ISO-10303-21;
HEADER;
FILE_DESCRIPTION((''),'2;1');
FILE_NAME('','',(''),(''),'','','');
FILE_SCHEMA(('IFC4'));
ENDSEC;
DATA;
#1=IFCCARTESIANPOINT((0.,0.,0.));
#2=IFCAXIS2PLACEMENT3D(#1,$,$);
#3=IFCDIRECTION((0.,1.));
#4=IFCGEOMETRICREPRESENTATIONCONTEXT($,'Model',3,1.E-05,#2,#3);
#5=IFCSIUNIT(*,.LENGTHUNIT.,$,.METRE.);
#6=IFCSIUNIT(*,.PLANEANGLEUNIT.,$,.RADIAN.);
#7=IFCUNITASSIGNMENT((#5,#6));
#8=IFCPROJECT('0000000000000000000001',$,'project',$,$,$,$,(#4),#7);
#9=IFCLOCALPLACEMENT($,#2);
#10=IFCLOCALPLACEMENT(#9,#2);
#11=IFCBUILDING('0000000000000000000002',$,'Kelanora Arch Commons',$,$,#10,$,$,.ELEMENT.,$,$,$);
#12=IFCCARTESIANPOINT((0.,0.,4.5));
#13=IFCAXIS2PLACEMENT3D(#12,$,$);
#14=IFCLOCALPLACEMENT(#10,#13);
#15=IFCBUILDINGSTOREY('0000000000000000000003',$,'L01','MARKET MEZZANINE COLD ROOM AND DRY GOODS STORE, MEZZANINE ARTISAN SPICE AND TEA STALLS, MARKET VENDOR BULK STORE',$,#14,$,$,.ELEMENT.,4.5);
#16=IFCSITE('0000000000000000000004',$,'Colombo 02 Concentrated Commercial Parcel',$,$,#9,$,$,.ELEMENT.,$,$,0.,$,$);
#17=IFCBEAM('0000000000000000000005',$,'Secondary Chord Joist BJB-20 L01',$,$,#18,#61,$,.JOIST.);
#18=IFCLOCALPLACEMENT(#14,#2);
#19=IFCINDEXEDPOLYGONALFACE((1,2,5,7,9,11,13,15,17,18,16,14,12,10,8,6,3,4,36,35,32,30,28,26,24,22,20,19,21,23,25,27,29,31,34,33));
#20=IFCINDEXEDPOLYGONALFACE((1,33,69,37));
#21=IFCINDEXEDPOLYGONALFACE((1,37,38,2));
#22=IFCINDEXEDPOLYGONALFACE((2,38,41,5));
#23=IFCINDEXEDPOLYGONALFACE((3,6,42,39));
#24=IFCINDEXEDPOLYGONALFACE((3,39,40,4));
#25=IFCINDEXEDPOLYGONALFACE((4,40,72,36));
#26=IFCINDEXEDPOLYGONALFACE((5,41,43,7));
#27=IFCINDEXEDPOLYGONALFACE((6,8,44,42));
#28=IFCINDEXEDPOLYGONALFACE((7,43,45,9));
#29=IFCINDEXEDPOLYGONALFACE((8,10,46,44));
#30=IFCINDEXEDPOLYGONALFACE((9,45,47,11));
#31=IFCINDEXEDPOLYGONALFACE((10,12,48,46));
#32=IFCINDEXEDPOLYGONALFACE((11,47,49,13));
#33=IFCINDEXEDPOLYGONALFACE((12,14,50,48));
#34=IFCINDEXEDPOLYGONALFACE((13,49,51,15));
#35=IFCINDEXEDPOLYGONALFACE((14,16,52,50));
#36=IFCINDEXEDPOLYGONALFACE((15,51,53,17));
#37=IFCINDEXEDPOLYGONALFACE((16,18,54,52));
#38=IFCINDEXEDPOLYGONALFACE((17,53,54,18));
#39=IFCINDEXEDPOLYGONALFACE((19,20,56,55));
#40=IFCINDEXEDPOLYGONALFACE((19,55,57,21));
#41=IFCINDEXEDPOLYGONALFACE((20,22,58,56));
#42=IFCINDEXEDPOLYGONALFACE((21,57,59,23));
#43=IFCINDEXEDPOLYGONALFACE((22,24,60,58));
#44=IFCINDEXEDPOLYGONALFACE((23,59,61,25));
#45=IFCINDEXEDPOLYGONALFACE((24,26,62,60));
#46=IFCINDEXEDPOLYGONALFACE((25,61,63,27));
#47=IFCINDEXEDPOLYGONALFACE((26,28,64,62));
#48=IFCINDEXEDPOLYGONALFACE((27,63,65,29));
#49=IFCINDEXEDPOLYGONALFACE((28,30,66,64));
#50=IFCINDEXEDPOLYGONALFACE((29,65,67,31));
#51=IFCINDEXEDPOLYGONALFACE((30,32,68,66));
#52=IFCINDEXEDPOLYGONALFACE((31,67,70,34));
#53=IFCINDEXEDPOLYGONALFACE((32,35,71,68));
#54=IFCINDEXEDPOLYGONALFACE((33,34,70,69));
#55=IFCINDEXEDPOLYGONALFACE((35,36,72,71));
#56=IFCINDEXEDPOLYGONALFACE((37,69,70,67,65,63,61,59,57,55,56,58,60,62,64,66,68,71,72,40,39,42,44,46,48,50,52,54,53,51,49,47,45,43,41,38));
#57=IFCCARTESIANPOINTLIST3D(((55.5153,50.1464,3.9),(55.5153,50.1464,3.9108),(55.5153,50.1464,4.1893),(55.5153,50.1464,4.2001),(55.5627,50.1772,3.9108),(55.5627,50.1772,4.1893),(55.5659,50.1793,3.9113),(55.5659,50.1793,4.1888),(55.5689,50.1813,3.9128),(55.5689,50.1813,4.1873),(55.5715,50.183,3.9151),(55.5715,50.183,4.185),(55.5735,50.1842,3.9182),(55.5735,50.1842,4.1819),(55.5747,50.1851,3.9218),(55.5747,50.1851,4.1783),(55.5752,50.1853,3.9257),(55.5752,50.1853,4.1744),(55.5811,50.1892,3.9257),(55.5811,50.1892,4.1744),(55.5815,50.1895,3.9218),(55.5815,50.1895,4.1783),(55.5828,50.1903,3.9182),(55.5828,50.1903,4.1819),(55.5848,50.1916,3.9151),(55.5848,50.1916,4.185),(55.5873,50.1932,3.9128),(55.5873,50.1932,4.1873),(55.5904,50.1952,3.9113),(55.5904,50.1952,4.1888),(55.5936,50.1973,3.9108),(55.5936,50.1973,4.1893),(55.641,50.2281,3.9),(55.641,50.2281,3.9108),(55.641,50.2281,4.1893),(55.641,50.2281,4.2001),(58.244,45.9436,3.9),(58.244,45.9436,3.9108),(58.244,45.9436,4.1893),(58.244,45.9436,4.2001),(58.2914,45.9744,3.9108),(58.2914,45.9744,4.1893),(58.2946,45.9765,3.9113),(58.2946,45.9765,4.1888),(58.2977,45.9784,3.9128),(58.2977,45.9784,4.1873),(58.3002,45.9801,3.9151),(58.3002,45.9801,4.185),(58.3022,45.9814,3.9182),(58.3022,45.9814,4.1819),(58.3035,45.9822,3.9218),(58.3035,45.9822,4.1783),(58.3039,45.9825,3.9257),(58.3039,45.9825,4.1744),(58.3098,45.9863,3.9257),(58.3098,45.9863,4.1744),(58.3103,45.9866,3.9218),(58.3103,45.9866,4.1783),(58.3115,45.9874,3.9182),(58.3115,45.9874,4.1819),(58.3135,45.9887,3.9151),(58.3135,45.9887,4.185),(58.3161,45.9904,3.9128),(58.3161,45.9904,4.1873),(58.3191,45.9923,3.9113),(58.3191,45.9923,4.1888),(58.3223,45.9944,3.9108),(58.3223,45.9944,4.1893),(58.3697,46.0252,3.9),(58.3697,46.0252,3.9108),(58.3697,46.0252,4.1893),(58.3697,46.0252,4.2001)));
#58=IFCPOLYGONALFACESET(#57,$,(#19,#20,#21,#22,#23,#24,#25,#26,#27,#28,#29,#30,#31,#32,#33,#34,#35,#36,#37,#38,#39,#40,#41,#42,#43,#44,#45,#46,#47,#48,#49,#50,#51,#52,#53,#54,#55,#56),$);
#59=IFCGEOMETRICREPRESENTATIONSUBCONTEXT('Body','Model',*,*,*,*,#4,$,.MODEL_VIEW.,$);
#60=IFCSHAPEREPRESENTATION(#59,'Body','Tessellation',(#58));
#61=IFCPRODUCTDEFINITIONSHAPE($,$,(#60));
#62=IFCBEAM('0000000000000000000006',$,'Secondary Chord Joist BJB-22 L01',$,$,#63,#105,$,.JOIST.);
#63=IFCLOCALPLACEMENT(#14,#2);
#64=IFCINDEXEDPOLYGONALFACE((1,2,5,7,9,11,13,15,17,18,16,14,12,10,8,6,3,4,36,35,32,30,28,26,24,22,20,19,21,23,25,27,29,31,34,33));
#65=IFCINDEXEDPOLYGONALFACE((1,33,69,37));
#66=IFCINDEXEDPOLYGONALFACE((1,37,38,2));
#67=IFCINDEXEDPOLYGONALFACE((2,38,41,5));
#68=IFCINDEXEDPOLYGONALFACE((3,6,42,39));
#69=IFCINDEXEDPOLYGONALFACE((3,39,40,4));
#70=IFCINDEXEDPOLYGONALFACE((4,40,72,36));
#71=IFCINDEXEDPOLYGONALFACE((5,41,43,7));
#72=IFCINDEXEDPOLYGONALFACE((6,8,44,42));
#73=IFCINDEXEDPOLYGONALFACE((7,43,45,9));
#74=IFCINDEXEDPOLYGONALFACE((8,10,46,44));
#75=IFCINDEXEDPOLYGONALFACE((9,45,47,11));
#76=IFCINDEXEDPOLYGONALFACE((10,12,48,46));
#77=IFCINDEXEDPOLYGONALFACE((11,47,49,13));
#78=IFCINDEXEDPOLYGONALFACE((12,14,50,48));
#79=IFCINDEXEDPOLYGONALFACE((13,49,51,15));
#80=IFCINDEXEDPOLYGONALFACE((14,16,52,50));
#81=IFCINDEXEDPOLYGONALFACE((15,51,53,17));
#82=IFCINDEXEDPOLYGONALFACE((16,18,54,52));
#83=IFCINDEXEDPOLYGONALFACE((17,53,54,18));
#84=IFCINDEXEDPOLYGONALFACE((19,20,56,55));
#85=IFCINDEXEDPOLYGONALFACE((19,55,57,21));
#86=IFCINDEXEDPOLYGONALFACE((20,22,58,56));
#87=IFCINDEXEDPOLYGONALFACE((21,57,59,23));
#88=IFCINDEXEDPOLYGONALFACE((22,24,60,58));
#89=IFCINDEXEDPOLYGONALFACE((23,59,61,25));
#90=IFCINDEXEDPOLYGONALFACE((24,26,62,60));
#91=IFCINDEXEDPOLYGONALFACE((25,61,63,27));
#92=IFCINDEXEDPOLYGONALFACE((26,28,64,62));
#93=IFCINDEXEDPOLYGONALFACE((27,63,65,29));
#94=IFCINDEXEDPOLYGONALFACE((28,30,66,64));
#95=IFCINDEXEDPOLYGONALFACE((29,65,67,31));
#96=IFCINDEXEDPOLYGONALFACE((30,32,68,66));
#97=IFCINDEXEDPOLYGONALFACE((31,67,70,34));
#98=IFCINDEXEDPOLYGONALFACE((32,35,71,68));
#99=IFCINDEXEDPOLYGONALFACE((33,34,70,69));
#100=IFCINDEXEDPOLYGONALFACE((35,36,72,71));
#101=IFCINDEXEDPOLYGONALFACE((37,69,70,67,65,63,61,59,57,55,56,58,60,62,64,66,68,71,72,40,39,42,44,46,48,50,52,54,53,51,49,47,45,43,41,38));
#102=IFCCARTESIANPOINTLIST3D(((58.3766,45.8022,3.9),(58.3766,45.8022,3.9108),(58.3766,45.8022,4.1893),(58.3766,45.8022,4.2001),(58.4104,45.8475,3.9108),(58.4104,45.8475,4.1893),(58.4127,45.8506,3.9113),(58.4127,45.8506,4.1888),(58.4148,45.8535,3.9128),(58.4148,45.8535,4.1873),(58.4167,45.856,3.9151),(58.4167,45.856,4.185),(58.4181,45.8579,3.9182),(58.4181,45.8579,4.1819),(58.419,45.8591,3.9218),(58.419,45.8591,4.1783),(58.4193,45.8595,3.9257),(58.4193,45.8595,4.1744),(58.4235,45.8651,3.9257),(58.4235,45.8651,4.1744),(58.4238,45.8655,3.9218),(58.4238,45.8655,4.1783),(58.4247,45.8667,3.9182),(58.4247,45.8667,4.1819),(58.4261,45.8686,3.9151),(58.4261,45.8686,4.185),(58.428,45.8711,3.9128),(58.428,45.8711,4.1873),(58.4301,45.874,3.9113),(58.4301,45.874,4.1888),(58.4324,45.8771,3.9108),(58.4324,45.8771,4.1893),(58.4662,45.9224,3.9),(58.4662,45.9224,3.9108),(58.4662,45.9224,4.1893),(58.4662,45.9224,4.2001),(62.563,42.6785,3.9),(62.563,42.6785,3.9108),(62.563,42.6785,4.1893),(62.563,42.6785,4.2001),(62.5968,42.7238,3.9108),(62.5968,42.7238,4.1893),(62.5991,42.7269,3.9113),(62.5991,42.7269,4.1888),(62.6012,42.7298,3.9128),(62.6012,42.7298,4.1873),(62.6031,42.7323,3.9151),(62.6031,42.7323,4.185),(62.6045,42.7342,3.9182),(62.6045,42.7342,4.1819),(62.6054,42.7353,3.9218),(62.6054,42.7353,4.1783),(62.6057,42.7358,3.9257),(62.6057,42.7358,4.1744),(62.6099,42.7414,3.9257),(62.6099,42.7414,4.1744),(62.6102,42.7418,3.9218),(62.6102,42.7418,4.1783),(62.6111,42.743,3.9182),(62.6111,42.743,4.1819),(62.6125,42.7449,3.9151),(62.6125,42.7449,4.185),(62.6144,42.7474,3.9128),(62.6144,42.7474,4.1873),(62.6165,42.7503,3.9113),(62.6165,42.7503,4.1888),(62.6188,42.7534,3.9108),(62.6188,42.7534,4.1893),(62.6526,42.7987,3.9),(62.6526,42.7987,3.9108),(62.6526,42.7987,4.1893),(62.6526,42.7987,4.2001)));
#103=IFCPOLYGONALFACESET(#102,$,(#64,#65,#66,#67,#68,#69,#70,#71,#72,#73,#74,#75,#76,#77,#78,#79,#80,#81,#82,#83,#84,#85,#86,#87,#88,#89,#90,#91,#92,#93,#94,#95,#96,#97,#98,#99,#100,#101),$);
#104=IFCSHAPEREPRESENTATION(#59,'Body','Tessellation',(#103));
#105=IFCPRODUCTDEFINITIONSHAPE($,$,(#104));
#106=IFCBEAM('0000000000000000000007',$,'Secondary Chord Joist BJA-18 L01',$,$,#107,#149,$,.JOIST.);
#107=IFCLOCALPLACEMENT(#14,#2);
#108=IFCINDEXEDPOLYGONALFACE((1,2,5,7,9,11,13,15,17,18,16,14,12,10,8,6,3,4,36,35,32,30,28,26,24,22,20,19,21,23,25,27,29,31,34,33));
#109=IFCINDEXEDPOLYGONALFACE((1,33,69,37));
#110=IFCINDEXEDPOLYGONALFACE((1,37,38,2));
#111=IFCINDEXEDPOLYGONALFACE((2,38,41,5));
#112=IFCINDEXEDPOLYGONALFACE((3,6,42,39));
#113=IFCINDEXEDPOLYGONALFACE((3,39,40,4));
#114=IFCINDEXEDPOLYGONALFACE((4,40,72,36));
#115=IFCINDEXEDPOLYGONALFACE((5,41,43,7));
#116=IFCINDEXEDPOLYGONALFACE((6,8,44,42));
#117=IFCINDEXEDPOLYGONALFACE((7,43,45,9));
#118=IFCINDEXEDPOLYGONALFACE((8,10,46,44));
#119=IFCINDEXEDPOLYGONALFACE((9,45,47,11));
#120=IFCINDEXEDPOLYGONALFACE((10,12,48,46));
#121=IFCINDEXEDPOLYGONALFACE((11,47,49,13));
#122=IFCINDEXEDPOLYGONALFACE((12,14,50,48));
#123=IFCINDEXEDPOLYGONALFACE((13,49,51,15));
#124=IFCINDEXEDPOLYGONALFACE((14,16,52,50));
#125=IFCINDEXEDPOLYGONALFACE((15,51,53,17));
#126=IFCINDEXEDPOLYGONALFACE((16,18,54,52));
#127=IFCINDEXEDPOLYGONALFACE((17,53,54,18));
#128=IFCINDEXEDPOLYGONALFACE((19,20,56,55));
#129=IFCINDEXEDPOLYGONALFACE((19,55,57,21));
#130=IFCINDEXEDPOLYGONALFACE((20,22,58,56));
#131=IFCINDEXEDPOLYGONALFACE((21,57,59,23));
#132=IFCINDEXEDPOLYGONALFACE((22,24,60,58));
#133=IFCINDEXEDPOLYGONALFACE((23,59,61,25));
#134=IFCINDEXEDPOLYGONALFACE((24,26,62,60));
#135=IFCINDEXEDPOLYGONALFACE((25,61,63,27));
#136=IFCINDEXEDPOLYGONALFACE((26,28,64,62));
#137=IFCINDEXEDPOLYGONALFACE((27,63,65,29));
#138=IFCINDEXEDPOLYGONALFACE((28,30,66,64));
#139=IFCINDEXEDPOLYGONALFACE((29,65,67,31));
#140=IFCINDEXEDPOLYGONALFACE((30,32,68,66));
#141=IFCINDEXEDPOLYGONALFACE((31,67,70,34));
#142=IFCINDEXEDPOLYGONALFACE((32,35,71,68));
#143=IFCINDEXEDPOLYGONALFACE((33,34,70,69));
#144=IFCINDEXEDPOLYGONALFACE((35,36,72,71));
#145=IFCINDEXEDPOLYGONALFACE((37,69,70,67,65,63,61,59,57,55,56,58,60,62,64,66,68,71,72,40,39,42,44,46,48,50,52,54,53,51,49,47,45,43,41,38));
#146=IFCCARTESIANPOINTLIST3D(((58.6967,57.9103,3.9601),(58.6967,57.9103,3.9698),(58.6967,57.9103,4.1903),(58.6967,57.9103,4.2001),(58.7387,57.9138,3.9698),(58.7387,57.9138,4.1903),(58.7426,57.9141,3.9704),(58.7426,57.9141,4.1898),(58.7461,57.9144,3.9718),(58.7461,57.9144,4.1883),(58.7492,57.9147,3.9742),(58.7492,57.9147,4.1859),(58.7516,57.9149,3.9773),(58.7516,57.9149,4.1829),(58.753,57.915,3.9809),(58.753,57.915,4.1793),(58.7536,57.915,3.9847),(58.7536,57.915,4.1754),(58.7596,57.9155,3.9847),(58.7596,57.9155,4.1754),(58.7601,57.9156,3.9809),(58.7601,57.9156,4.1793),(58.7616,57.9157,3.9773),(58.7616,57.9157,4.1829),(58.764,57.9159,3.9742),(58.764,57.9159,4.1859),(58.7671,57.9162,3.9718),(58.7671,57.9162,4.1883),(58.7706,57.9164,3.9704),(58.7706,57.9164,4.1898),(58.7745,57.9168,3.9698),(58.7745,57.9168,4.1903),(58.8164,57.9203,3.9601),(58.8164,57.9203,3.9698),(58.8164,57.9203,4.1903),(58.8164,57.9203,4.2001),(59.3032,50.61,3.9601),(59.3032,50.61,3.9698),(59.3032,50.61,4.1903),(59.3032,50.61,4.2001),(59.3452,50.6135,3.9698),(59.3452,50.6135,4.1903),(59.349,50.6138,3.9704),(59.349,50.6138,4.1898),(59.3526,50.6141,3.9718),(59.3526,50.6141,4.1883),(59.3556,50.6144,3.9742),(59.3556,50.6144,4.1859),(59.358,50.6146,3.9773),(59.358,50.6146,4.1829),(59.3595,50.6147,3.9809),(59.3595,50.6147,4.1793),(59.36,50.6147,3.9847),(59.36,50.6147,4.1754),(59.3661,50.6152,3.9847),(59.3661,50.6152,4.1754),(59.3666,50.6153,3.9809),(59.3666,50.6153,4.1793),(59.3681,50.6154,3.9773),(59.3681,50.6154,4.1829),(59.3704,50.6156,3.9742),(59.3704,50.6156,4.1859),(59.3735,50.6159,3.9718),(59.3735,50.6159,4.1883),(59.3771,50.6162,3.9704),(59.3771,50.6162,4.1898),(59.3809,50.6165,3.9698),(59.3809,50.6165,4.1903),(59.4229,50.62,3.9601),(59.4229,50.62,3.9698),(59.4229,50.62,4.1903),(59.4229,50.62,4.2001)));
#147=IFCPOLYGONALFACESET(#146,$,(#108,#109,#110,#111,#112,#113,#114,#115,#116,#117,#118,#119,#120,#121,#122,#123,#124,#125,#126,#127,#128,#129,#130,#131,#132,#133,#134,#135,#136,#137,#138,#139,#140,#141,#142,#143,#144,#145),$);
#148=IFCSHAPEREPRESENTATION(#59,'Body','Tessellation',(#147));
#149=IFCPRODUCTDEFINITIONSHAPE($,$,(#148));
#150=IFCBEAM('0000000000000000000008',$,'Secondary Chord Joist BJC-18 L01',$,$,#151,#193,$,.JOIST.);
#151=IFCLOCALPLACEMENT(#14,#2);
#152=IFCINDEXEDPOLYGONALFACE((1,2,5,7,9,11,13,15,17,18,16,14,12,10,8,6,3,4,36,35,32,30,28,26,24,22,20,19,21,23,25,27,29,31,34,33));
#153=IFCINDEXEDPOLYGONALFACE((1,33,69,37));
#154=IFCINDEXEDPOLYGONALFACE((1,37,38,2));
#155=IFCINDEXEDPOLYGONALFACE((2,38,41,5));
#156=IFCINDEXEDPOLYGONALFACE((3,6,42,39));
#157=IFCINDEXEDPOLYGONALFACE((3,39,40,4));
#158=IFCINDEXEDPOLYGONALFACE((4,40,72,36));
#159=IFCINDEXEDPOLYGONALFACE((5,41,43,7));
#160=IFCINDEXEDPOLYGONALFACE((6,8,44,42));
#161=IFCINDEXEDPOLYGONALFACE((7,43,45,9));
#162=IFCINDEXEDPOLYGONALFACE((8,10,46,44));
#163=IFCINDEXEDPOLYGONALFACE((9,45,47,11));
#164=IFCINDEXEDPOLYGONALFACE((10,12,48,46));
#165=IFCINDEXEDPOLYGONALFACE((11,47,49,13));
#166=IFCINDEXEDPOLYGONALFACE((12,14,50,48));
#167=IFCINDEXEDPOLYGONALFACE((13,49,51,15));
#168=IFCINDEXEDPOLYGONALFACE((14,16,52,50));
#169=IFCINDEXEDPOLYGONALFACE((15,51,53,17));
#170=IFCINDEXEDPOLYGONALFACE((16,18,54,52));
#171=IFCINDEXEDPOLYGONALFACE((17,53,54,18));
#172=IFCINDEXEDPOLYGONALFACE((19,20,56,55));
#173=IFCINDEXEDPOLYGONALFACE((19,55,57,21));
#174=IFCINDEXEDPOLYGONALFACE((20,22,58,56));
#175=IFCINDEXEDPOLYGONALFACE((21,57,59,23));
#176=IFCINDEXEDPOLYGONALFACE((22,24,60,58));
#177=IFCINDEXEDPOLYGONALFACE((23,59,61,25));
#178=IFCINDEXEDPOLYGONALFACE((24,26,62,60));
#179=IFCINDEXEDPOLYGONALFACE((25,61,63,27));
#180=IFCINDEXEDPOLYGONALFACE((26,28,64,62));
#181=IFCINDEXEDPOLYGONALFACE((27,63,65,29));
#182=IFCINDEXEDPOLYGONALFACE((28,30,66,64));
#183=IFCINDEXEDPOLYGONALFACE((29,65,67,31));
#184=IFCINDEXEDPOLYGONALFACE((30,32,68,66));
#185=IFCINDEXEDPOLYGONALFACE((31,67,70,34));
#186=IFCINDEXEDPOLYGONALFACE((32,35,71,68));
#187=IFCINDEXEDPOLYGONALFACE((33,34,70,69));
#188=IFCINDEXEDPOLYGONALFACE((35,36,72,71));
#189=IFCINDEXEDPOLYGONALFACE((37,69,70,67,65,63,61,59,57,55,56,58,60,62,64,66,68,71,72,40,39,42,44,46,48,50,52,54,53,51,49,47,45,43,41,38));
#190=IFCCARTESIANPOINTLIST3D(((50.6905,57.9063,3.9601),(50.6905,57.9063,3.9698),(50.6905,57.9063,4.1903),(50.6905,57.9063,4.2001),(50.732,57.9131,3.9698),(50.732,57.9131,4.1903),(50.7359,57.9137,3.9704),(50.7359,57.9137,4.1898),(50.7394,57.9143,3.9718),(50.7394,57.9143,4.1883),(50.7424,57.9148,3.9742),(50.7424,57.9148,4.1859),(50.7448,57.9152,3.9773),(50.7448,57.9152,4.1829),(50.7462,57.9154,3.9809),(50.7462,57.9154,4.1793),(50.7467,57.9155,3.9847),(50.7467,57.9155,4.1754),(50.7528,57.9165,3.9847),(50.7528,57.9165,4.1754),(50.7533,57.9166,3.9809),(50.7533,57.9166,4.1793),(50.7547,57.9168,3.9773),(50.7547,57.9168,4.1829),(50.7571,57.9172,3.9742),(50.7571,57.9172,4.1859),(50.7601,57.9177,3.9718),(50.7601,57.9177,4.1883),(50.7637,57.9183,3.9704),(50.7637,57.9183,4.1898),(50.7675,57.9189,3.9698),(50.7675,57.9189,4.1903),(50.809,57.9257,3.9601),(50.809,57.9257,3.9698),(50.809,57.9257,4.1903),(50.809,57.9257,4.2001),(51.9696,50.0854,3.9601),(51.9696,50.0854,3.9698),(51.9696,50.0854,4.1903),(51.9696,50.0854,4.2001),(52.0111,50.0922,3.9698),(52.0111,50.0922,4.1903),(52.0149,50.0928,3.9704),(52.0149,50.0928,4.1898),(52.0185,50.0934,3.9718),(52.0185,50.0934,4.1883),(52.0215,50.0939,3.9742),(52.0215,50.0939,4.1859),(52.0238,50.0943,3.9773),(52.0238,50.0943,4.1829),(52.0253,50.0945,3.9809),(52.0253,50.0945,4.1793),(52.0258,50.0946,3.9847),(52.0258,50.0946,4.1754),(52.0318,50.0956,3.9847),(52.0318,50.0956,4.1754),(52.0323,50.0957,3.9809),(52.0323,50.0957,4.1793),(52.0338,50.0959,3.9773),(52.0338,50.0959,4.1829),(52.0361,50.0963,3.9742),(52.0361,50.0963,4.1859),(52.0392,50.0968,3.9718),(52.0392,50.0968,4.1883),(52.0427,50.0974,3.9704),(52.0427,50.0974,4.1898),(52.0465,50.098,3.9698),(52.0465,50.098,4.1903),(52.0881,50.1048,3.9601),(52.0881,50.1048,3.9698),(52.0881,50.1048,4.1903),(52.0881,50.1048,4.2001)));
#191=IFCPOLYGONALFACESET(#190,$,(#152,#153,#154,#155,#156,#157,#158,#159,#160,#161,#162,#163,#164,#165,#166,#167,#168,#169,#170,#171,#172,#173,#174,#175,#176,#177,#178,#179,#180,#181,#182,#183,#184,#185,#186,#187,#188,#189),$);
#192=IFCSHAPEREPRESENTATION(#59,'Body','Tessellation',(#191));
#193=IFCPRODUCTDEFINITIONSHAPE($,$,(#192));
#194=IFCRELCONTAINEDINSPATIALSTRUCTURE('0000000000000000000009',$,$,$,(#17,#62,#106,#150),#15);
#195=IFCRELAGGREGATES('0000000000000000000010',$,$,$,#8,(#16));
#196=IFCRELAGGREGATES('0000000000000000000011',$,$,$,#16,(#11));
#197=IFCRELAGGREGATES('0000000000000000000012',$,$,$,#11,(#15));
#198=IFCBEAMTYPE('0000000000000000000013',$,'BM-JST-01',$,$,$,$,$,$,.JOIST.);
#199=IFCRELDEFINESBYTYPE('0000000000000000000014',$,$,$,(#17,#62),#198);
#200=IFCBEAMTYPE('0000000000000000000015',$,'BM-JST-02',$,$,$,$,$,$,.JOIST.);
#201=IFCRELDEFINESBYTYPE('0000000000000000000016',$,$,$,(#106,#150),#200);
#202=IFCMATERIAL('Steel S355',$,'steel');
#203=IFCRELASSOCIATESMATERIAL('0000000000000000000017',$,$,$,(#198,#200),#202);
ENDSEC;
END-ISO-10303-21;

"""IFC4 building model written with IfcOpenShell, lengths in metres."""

from ifc_helpers import new_model, si_unit, direction, frame, origin, origin_2d, place, context, subcontext, project, spatial, i_section, extrude, material, material_profile, profile_set, type_object, element, save


model = new_model("IFC4")

# Units and contexts
model_context = context("Model", 3, precision=1e-05, world=origin(), true_north=direction((0.0, 1.0)))
body_context = subcontext(model_context, "Body", "Model", "MODEL_VIEW")
ifc_project = project(units=[si_unit("LENGTHUNIT", "METRE"), si_unit("PLANEANGLEUNIT", "RADIAN")], contexts=[model_context])

# Site, building, storey
site_placement = place(None, origin())
site = spatial("IfcSite", under=ifc_project, at=site_placement, Name="Colombo 02 Concentrated Commercial Parcel", CompositionType="ELEMENT", RefElevation=0.0)
building_placement = place(site_placement, origin())
building = spatial("IfcBuilding", under=site, at=building_placement, Name="Kelanora Arch Commons", CompositionType="ELEMENT")
storey_placement = place(building_placement, frame((0.0, 0.0, 4.5)))
storey = spatial("IfcBuildingStorey", under=building, at=storey_placement, Name="L01", Description="MARKET MEZZANINE COLD ROOM AND DRY GOODS STORE, MEZZANINE ARTISAN SPICE AND TEA STALLS, MARKET VENDOR BULK STORE", CompositionType="ELEMENT", Elevation=4.5)

# Beams
ifc_material_1 = material(Name="Steel S355", Category="steel")
ifc_material_profile_1 = material_profile(ifc_material_1, i_section(OverallWidth=0.1499, OverallDepth=0.3, WebThickness=0.0071, FlangeThickness=0.0107, FilletRadius=0.0149, at=origin_2d()), Name="IPE300")
ifc_profile_set_1 = profile_set([ifc_material_profile_1], Name="Steel S355")
beam_type_1 = type_object("IfcBeamType", Name="BM-JST-01", PredefinedType="JOIST", material=ifc_profile_set_1)
beam_1_placement = place(storey_placement, frame((55.5781, 50.1873, 4.05), z_axis=(0.544552, -0.838727, 0.0), x_axis=(0.838727, 0.544552, 0.0)))
element("IfcBeam", 1, at=beam_1_placement, inside=storey, type_object=beam_type_1, Name="Secondary Chord Joist BJB-20 L01", PredefinedType="JOIST", context=body_context, shape_type="SweptSolid", body=[
    extrude(i_section(OverallWidth=0.1499, OverallDepth=0.3, WebThickness=0.0071, FlangeThickness=0.0107, FilletRadius=0.0149, at=origin_2d()), origin(), (0.0, 0.0, 1.0), 5.011),
])
beam_2_placement = place(storey_placement, frame((58.4214, 45.8623, 4.05), z_axis=(0.801478, -0.598024, 0.0), x_axis=(0.598024, 0.801478, 0.0)))
element("IfcBeam", 2, at=beam_2_placement, inside=storey, type_object=beam_type_1, Name="Secondary Chord Joist BJB-22 L01", PredefinedType="JOIST", context=body_context, shape_type="SweptSolid", body=[
    extrude(i_section(OverallWidth=0.1499, OverallDepth=0.3, WebThickness=0.0071, FlangeThickness=0.0107, FilletRadius=0.0149, at=origin_2d()), origin(), (0.0, 0.0, 1.0), 5.2234),
])
ifc_material_profile_2 = material_profile(ifc_material_1, i_section(OverallWidth=0.1201, OverallDepth=0.24, WebThickness=0.0061, FlangeThickness=0.0098, FilletRadius=0.0149, at=origin_2d()), Name="IPE240")
ifc_profile_set_2 = profile_set([ifc_material_profile_2], Name="Steel S355")
beam_type_2 = type_object("IfcBeamType", Name="BM-JST-02", PredefinedType="JOIST", material=ifc_profile_set_2)
beam_3_placement = place(storey_placement, frame((58.7566, 57.9153, 4.0801), z_axis=(0.082786, -0.996567, 0.0), x_axis=(0.996567, 0.082786, 0.0)))
element("IfcBeam", 3, at=beam_3_placement, inside=storey, type_object=beam_type_2, Name="Secondary Chord Joist BJA-18 L01", PredefinedType="JOIST", context=body_context, shape_type="SweptSolid", body=[
    extrude(i_section(OverallWidth=0.1201, OverallDepth=0.24, WebThickness=0.0061, FlangeThickness=0.0098, FilletRadius=0.0149, at=origin_2d()), origin(), (0.0, 0.0, 1.0), 7.3254),
])
beam_4_placement = place(storey_placement, frame((50.7498, 57.916, 4.0801), z_axis=(0.161401, -0.986889, 0.0), x_axis=(0.986889, 0.161401, 0.0)))
element("IfcBeam", 4, at=beam_4_placement, inside=storey, type_object=beam_type_2, Name="Secondary Chord Joist BJC-18 L01", PredefinedType="JOIST", context=body_context, shape_type="SweptSolid", body=[
    extrude(i_section(OverallWidth=0.1201, OverallDepth=0.24, WebThickness=0.0061, FlangeThickness=0.0098, FilletRadius=0.0149, at=origin_2d()), origin(), (0.0, 0.0, 1.0), 7.9248),
])

save(model, "model.ifc")
